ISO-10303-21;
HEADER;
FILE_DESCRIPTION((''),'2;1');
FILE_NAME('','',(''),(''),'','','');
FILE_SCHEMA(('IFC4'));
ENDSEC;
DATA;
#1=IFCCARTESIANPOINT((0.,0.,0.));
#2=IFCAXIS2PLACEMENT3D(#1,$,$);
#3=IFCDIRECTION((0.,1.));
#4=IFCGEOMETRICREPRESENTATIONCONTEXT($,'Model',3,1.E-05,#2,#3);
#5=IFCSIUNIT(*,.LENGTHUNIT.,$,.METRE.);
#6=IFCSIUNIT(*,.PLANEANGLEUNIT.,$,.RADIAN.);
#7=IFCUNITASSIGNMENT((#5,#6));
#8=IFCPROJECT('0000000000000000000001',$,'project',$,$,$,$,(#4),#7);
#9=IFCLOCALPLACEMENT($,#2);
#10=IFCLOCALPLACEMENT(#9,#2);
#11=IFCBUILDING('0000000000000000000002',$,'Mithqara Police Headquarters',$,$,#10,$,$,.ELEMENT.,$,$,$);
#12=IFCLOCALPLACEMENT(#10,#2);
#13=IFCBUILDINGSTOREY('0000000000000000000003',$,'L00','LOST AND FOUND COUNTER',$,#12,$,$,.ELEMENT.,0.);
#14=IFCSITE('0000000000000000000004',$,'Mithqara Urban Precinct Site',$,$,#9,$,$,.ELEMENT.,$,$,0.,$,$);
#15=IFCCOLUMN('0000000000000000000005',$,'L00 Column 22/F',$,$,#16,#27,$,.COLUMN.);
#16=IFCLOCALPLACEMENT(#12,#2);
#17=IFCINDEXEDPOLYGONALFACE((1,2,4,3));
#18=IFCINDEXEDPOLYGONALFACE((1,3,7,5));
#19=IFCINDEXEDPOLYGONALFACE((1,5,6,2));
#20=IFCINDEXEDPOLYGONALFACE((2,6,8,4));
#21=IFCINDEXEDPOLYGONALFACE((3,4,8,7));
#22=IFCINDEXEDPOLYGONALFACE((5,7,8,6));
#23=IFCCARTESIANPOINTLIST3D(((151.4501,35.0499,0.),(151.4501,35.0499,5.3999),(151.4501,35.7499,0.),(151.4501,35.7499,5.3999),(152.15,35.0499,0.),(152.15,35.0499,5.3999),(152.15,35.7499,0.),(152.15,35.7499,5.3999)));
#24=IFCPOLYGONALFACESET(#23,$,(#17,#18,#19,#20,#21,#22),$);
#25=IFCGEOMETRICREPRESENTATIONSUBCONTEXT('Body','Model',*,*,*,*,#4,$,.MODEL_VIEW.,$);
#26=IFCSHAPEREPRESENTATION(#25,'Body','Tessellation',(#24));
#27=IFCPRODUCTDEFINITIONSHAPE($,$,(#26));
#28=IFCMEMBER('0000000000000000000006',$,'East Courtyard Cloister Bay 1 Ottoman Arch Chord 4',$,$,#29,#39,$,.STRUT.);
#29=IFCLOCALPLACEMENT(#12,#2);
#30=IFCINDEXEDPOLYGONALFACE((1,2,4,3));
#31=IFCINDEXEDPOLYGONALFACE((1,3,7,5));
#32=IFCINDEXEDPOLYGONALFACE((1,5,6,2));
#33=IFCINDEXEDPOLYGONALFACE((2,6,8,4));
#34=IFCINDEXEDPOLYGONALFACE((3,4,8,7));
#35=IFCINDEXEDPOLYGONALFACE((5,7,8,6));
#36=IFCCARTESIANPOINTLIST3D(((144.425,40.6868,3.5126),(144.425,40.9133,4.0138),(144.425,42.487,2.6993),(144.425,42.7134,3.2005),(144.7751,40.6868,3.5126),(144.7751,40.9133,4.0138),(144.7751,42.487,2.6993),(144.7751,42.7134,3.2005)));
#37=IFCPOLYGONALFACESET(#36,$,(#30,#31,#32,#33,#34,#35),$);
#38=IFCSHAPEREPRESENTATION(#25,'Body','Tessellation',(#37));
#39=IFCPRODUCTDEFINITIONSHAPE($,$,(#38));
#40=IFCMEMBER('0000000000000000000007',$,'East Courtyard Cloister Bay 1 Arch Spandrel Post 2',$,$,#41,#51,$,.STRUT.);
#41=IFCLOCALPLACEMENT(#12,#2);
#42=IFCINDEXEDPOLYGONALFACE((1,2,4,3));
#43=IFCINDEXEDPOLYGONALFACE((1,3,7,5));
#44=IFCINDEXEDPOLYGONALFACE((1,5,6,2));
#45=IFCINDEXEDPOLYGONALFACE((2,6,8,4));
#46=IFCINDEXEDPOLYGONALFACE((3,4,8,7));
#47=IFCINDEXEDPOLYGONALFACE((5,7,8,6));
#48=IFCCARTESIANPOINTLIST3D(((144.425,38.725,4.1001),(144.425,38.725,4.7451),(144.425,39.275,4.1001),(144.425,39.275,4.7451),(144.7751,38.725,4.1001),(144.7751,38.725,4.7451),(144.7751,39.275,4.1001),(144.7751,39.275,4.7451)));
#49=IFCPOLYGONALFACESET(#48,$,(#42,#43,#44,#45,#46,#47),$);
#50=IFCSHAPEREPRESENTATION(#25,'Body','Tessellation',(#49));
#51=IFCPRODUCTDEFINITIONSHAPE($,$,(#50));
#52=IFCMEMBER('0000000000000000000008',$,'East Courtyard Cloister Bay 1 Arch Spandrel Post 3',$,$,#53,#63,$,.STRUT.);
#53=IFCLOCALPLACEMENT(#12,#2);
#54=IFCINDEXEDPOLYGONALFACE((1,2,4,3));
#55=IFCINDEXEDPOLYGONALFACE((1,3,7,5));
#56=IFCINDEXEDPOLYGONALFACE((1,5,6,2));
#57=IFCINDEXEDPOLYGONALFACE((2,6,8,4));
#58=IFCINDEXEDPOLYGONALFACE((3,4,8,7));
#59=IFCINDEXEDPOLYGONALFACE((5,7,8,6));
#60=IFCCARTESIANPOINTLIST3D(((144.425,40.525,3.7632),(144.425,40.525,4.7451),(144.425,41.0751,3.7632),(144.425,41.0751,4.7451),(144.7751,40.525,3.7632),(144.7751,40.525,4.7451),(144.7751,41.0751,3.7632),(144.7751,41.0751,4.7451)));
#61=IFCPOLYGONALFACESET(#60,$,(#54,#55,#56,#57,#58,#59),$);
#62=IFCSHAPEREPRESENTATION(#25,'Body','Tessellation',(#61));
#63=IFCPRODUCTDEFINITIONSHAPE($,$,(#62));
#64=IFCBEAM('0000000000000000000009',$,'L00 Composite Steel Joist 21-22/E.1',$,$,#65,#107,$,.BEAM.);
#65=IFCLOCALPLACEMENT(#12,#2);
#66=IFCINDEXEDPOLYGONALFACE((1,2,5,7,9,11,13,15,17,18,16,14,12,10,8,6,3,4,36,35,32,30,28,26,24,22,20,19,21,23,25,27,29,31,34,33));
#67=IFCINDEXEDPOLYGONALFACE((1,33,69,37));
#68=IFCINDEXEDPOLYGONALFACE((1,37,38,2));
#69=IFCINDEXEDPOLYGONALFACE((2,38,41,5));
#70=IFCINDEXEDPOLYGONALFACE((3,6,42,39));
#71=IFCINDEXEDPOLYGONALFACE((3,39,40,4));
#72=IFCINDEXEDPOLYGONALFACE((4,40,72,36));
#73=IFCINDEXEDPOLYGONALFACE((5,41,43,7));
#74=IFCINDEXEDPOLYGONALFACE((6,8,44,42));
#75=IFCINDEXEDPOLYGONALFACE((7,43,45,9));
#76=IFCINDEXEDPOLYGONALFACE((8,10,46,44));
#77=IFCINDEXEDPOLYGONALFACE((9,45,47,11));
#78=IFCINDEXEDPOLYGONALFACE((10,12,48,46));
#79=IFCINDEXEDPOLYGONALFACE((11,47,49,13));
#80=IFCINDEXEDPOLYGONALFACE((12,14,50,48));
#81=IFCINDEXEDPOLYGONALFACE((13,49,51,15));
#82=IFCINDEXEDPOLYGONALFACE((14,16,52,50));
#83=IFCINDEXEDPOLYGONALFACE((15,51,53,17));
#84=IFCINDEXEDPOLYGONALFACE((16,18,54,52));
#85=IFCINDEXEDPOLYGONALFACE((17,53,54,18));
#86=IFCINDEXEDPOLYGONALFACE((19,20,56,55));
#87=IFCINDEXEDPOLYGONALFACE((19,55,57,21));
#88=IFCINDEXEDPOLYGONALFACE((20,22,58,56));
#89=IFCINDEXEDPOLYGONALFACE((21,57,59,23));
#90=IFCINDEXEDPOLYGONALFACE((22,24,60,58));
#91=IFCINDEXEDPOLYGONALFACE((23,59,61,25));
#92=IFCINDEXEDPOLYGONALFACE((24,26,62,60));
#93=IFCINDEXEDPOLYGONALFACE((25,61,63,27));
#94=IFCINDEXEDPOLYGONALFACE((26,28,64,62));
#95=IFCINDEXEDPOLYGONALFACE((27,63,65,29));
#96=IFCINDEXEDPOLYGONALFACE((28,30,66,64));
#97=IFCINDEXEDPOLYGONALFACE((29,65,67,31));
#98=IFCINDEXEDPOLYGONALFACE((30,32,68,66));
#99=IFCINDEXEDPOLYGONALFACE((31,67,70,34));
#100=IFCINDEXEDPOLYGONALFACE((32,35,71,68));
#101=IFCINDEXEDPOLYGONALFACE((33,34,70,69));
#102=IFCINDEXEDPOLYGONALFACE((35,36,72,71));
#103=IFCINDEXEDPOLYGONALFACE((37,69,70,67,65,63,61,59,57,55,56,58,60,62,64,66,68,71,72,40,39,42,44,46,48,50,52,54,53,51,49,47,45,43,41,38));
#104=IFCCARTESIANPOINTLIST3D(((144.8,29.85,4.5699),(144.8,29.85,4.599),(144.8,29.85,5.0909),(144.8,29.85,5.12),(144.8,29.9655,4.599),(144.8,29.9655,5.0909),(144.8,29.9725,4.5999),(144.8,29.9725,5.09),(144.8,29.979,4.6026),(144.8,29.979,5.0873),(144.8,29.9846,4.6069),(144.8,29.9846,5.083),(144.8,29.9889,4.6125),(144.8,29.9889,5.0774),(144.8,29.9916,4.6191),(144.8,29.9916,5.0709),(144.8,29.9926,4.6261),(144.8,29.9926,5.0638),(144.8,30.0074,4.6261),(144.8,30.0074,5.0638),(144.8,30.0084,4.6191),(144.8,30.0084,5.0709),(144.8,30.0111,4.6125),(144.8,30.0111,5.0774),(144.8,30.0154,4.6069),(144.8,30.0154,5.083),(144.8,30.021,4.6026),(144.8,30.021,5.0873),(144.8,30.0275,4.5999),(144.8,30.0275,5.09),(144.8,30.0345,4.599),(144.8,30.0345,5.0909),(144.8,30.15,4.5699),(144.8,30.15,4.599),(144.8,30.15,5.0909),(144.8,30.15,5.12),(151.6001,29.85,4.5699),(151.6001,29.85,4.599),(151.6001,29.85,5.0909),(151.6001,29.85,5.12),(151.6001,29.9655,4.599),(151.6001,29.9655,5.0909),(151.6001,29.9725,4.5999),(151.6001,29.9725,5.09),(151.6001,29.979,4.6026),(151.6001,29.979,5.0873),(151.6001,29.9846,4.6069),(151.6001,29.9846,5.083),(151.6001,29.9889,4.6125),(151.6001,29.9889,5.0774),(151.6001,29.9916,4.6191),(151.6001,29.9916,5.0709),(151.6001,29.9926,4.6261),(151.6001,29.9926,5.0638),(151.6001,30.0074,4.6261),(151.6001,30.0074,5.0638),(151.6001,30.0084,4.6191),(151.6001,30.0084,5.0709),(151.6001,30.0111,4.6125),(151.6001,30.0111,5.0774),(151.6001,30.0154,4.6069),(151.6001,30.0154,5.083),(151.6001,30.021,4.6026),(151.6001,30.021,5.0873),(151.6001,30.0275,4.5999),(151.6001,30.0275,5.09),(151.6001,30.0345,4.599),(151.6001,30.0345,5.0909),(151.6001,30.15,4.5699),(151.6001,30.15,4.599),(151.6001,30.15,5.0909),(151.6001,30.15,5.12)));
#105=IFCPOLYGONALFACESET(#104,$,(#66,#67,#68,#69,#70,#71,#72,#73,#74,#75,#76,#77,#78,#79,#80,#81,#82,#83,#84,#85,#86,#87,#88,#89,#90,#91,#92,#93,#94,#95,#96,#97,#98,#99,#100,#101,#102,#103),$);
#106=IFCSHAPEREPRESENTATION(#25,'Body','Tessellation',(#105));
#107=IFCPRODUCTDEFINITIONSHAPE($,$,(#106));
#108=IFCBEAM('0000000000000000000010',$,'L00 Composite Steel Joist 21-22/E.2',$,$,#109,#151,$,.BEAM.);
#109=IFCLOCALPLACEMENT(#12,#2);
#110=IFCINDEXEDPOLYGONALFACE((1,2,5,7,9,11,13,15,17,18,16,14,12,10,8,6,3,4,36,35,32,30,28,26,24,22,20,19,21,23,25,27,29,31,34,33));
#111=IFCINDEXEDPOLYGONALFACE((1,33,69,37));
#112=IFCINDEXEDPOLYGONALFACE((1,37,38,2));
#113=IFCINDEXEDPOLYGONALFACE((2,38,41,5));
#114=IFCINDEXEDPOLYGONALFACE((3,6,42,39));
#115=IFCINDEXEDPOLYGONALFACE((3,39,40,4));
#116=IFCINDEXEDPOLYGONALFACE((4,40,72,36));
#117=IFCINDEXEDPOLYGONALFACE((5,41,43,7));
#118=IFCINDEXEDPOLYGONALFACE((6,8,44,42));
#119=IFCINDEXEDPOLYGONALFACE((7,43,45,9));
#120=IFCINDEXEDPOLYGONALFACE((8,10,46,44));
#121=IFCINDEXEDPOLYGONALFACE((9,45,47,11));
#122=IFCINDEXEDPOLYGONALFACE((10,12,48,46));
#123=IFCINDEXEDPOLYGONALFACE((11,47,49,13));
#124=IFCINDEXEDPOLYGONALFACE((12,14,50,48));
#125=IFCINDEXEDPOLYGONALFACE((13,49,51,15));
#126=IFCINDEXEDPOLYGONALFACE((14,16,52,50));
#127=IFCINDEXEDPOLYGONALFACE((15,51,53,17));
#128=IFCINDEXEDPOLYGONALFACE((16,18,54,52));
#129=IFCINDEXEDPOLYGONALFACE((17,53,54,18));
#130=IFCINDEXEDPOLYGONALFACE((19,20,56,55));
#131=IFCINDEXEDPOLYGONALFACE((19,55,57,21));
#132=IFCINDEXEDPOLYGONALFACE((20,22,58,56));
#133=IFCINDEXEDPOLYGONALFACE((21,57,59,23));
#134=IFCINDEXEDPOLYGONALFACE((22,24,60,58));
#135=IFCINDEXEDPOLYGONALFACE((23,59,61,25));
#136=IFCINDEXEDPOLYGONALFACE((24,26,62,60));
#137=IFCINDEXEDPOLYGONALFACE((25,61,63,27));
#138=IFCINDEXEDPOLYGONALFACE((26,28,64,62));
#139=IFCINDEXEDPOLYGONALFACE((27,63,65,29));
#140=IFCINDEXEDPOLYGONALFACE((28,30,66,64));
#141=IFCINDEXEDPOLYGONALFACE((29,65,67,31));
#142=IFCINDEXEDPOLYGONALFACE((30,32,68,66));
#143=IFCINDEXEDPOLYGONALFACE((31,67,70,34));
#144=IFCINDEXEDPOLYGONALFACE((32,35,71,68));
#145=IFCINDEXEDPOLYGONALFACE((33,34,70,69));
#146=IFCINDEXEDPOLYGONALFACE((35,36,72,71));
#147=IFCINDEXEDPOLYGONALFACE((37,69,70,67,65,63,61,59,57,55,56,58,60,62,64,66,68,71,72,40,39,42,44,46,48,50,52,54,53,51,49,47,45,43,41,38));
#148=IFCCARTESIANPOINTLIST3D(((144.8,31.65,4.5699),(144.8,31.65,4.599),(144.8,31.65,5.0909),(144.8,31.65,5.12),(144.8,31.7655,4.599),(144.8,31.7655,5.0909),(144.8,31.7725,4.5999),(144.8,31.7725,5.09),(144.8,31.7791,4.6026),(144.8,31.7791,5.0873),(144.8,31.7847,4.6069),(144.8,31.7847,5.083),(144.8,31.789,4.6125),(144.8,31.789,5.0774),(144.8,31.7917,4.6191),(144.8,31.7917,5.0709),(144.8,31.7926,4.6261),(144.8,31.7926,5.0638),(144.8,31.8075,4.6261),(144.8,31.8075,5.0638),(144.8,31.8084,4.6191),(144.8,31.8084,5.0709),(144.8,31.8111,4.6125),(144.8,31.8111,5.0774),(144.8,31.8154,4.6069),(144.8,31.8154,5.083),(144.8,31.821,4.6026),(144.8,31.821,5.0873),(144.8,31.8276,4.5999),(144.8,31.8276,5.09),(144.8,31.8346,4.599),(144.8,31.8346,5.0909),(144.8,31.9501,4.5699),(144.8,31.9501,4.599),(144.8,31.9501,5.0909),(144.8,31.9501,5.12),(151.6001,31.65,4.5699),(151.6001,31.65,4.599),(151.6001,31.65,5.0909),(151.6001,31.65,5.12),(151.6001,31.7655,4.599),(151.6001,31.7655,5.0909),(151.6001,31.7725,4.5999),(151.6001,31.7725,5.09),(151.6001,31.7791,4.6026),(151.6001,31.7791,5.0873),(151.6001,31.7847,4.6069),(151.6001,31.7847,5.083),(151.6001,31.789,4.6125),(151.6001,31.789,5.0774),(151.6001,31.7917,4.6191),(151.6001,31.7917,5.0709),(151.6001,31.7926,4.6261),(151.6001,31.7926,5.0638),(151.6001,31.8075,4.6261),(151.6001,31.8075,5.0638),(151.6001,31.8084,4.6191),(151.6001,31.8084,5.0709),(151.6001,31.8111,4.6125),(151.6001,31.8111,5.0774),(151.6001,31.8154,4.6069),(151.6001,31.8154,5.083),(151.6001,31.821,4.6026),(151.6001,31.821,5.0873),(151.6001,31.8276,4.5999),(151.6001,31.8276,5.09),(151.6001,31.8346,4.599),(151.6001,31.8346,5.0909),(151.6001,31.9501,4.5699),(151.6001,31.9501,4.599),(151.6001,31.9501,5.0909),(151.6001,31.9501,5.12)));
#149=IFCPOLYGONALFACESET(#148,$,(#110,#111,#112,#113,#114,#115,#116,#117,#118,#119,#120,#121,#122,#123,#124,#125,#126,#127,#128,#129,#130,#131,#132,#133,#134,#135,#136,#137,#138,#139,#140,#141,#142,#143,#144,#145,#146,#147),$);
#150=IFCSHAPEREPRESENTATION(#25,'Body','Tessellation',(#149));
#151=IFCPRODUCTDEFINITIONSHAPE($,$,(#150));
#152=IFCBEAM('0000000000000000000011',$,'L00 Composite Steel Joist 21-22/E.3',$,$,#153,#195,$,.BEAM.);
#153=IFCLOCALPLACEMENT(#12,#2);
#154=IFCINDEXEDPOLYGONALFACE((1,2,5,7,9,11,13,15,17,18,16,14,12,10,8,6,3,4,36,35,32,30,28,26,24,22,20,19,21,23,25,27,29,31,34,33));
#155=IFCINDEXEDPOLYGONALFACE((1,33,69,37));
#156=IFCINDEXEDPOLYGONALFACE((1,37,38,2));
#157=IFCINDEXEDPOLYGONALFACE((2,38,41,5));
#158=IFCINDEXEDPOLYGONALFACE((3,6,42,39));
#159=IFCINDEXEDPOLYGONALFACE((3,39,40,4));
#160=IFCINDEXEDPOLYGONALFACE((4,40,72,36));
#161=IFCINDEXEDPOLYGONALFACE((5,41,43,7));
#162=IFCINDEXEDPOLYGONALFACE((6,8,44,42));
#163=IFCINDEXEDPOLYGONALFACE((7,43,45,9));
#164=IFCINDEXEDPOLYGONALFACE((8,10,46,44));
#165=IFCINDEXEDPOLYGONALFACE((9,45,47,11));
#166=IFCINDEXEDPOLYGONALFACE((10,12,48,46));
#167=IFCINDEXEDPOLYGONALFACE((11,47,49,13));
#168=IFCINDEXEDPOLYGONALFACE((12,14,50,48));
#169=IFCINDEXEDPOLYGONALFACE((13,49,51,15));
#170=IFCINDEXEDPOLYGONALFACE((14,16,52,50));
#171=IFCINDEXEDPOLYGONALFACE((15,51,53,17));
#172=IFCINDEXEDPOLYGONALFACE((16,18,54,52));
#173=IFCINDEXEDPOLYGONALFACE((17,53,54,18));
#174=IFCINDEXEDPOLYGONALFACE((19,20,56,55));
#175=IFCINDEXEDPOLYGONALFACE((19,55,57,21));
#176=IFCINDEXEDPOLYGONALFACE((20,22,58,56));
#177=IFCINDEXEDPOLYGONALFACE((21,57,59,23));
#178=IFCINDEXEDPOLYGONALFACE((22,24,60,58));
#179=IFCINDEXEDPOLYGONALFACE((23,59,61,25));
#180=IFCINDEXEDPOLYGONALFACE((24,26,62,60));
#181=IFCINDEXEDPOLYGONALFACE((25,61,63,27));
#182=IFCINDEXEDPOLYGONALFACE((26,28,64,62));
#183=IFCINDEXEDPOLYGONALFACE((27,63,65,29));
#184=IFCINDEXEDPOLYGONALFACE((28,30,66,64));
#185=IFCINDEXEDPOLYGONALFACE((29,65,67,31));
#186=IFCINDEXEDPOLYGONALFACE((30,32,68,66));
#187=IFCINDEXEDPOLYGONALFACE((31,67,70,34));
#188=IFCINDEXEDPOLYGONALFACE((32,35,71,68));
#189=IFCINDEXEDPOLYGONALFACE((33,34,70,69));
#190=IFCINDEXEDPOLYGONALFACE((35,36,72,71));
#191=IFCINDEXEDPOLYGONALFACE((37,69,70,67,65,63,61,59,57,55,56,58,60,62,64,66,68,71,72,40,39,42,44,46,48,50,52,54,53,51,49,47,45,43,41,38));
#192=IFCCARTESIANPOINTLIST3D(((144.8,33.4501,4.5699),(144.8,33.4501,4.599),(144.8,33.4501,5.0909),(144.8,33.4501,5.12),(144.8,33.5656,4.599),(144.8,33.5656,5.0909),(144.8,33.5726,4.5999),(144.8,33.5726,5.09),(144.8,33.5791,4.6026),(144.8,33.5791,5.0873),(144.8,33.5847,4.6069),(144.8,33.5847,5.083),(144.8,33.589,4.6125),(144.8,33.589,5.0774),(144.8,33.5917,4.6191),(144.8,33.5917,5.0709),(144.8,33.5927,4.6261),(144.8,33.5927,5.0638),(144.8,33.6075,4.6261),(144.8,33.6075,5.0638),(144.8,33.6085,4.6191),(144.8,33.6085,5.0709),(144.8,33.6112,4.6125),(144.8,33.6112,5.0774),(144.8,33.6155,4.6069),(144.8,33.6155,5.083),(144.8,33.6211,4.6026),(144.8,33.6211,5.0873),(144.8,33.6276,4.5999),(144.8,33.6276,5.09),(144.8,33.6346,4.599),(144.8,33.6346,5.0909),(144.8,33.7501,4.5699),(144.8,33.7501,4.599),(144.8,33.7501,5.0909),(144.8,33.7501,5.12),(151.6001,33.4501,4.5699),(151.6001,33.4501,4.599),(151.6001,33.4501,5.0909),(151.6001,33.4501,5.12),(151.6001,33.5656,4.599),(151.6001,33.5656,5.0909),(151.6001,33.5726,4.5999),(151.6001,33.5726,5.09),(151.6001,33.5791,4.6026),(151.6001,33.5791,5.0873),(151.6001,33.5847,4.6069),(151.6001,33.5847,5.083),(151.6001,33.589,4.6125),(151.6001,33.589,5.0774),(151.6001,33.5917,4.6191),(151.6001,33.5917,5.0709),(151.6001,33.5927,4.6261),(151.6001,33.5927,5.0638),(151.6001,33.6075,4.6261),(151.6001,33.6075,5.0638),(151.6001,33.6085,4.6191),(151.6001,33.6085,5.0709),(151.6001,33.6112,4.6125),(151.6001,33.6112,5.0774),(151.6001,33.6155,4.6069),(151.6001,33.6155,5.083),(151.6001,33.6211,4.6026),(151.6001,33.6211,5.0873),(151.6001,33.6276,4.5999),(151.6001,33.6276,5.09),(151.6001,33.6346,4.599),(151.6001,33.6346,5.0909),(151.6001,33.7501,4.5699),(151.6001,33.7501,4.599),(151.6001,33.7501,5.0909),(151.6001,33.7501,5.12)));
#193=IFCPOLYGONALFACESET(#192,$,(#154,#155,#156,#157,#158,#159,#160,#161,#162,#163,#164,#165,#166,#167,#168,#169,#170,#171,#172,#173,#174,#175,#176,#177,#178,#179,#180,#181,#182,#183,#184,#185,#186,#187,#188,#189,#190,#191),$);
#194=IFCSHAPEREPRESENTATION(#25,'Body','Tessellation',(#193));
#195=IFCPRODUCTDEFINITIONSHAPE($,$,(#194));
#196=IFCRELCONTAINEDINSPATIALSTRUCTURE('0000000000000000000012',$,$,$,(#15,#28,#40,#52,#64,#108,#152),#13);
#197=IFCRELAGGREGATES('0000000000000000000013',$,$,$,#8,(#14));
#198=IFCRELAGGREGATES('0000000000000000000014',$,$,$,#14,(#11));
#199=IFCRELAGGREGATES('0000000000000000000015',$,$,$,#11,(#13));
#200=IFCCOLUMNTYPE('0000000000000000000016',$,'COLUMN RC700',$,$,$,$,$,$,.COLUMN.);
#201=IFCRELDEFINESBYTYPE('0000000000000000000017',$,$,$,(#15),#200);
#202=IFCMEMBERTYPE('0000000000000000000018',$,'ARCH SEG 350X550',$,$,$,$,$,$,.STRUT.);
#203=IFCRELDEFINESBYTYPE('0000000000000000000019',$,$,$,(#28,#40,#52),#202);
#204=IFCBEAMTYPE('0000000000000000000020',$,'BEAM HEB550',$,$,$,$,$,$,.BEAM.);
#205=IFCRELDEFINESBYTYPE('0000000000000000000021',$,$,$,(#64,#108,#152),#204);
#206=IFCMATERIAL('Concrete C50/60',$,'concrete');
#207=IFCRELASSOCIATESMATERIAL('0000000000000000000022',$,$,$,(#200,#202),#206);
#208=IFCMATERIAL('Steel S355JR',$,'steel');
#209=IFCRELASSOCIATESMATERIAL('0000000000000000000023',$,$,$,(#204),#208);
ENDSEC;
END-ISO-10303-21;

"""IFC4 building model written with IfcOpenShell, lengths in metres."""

from ifc_helpers import new_model, si_unit, direction, frame, origin, origin_2d, place, context, subcontext, project, spatial, rectangle, i_section, extrude, material, material_profile, profile_set, type_object, element, save


model = new_model("IFC4")

# Units and contexts
model_context = context("Model", 3, precision=1e-05, world=origin(), true_north=direction((0.0, 1.0)))
body_context = subcontext(model_context, "Body", "Model", "MODEL_VIEW")
ifc_project = project(units=[si_unit("LENGTHUNIT", "METRE"), si_unit("PLANEANGLEUNIT", "RADIAN")], contexts=[model_context])

# Site, building, storey
site_placement = place(None, origin())
site = spatial("IfcSite", under=ifc_project, at=site_placement, Name="Mithqara Urban Precinct Site", CompositionType="ELEMENT", RefElevation=0.0)
building_placement = place(site_placement, origin())
building = spatial("IfcBuilding", under=site, at=building_placement, Name="Mithqara Police Headquarters", CompositionType="ELEMENT")
storey_placement = place(building_placement, origin())
storey = spatial("IfcBuildingStorey", under=building, at=storey_placement, Name="L00", Description="LOST AND FOUND COUNTER", CompositionType="ELEMENT", Elevation=0.0)

# Column
ifc_material_1 = material(Name="Concrete C50/60", Category="concrete")
ifc_material_profile_1 = material_profile(ifc_material_1, rectangle(XDim=0.7, YDim=0.7, at=origin_2d()), Name="RC 700x700")
ifc_profile_set_1 = profile_set([ifc_material_profile_1], Name="Concrete C50/60")
column_type = type_object("IfcColumnType", Name="COLUMN RC700", PredefinedType="COLUMN", material=ifc_profile_set_1)
column_placement = place(storey_placement, frame((151.8, 35.3999, 0.0), z_axis=(0.0, 0.0, 1.0), x_axis=(1.0, 0.0, 0.0)))
element("IfcColumn", 1, at=column_placement, inside=storey, type_object=column_type, Name="L00 Column 22/F", PredefinedType="COLUMN", context=body_context, shape_type="SweptSolid", body=[
    extrude(rectangle(XDim=0.7, YDim=0.7, at=origin_2d()), origin(), (0.0, 0.0, 1.0), 5.3999),
])

# Members
ifc_material_profile_2 = material_profile(ifc_material_1, rectangle(XDim=0.3501, YDim=0.55, at=origin_2d()), Name="ARC 350x550")
ifc_profile_set_2 = profile_set([ifc_material_profile_2], Name="Concrete C50/60")
member_type = type_object("IfcMemberType", Name="ARCH SEG 350X550", PredefinedType="STRUT", material=ifc_profile_set_2)
member_1_placement = place(storey_placement, frame((144.6001, 40.8, 3.7632), z_axis=(0.0, 0.911312, -0.411716), x_axis=(-1.0, 0.0, 0.0)))
element("IfcMember", 2, at=member_1_placement, inside=storey, type_object=member_type, Name="East Courtyard Cloister Bay 1 Ottoman Arch Chord 4", PredefinedType="STRUT", context=body_context, shape_type="SweptSolid", body=[
    extrude(rectangle(XDim=0.3501, YDim=0.55, at=origin_2d()), origin(), (0.0, 0.0, 1.0), 1.9753),
])
member_2_placement = place(storey_placement, frame((144.6001, 39.0, 4.1001), z_axis=(0.0, 0.0, 1.0), x_axis=(1.0, 0.0, 0.0)))
element("IfcMember", 3, at=member_2_placement, inside=storey, type_object=member_type, Name="East Courtyard Cloister Bay 1 Arch Spandrel Post 2", PredefinedType="STRUT", context=body_context, shape_type="SweptSolid", body=[
    extrude(rectangle(XDim=0.3501, YDim=0.55, at=origin_2d()), origin(), (0.0, 0.0, 1.0), 0.645),
])
member_3_placement = place(storey_placement, frame((144.6001, 40.8, 3.7632), z_axis=(0.0, 0.0, 1.0), x_axis=(1.0, 0.0, 0.0)))
element("IfcMember", 4, at=member_3_placement, inside=storey, type_object=member_type, Name="East Courtyard Cloister Bay 1 Arch Spandrel Post 3", PredefinedType="STRUT", context=body_context, shape_type="SweptSolid", body=[
    extrude(rectangle(XDim=0.3501, YDim=0.55, at=origin_2d()), origin(), (0.0, 0.0, 1.0), 0.9819),
])

# Beams
ifc_material_2 = material(Name="Steel S355JR", Category="steel")
ifc_material_profile_3 = material_profile(ifc_material_2, i_section(OverallWidth=0.3, OverallDepth=0.55, WebThickness=0.0149, FlangeThickness=0.0291, FilletRadius=0.0271, at=origin_2d()), Name="HEB 550")
ifc_profile_set_3 = profile_set([ifc_material_profile_3], Name="Steel S355JR")
beam_type_1 = type_object("IfcBeamType", Name="BEAM HEB550", PredefinedType="BEAM", material=ifc_profile_set_3)
for number, where, z_axis, x_axis, name in (
    (5, (144.8, 30.0, 4.845), (1.0, 0.0, 0.0), (0.0, 1.0, 0.0), "L00 Composite Steel Joist 21-22/E.1"),
    (6, (144.8, 31.8, 4.845), (1.0, 0.0, 0.0), (0.0, 1.0, 0.0), "L00 Composite Steel Joist 21-22/E.2"),
    (7, (144.8, 33.6001, 4.845), (1.0, 0.0, 0.0), (0.0, 1.0, 0.0), "L00 Composite Steel Joist 21-22/E.3"),
):
    element("IfcBeam", number, at=place(storey_placement, frame(where, z_axis=z_axis, x_axis=x_axis)), inside=storey, type_object=beam_type_1, Name=name, PredefinedType="BEAM", context=body_context, shape_type="SweptSolid", body=[
        extrude(i_section(OverallWidth=0.3, OverallDepth=0.55, WebThickness=0.0149, FlangeThickness=0.0291, FilletRadius=0.0271, at=origin_2d()), origin(), (0.0, 0.0, 1.0), 6.8),
    ])

save(model, "model.ifc")
